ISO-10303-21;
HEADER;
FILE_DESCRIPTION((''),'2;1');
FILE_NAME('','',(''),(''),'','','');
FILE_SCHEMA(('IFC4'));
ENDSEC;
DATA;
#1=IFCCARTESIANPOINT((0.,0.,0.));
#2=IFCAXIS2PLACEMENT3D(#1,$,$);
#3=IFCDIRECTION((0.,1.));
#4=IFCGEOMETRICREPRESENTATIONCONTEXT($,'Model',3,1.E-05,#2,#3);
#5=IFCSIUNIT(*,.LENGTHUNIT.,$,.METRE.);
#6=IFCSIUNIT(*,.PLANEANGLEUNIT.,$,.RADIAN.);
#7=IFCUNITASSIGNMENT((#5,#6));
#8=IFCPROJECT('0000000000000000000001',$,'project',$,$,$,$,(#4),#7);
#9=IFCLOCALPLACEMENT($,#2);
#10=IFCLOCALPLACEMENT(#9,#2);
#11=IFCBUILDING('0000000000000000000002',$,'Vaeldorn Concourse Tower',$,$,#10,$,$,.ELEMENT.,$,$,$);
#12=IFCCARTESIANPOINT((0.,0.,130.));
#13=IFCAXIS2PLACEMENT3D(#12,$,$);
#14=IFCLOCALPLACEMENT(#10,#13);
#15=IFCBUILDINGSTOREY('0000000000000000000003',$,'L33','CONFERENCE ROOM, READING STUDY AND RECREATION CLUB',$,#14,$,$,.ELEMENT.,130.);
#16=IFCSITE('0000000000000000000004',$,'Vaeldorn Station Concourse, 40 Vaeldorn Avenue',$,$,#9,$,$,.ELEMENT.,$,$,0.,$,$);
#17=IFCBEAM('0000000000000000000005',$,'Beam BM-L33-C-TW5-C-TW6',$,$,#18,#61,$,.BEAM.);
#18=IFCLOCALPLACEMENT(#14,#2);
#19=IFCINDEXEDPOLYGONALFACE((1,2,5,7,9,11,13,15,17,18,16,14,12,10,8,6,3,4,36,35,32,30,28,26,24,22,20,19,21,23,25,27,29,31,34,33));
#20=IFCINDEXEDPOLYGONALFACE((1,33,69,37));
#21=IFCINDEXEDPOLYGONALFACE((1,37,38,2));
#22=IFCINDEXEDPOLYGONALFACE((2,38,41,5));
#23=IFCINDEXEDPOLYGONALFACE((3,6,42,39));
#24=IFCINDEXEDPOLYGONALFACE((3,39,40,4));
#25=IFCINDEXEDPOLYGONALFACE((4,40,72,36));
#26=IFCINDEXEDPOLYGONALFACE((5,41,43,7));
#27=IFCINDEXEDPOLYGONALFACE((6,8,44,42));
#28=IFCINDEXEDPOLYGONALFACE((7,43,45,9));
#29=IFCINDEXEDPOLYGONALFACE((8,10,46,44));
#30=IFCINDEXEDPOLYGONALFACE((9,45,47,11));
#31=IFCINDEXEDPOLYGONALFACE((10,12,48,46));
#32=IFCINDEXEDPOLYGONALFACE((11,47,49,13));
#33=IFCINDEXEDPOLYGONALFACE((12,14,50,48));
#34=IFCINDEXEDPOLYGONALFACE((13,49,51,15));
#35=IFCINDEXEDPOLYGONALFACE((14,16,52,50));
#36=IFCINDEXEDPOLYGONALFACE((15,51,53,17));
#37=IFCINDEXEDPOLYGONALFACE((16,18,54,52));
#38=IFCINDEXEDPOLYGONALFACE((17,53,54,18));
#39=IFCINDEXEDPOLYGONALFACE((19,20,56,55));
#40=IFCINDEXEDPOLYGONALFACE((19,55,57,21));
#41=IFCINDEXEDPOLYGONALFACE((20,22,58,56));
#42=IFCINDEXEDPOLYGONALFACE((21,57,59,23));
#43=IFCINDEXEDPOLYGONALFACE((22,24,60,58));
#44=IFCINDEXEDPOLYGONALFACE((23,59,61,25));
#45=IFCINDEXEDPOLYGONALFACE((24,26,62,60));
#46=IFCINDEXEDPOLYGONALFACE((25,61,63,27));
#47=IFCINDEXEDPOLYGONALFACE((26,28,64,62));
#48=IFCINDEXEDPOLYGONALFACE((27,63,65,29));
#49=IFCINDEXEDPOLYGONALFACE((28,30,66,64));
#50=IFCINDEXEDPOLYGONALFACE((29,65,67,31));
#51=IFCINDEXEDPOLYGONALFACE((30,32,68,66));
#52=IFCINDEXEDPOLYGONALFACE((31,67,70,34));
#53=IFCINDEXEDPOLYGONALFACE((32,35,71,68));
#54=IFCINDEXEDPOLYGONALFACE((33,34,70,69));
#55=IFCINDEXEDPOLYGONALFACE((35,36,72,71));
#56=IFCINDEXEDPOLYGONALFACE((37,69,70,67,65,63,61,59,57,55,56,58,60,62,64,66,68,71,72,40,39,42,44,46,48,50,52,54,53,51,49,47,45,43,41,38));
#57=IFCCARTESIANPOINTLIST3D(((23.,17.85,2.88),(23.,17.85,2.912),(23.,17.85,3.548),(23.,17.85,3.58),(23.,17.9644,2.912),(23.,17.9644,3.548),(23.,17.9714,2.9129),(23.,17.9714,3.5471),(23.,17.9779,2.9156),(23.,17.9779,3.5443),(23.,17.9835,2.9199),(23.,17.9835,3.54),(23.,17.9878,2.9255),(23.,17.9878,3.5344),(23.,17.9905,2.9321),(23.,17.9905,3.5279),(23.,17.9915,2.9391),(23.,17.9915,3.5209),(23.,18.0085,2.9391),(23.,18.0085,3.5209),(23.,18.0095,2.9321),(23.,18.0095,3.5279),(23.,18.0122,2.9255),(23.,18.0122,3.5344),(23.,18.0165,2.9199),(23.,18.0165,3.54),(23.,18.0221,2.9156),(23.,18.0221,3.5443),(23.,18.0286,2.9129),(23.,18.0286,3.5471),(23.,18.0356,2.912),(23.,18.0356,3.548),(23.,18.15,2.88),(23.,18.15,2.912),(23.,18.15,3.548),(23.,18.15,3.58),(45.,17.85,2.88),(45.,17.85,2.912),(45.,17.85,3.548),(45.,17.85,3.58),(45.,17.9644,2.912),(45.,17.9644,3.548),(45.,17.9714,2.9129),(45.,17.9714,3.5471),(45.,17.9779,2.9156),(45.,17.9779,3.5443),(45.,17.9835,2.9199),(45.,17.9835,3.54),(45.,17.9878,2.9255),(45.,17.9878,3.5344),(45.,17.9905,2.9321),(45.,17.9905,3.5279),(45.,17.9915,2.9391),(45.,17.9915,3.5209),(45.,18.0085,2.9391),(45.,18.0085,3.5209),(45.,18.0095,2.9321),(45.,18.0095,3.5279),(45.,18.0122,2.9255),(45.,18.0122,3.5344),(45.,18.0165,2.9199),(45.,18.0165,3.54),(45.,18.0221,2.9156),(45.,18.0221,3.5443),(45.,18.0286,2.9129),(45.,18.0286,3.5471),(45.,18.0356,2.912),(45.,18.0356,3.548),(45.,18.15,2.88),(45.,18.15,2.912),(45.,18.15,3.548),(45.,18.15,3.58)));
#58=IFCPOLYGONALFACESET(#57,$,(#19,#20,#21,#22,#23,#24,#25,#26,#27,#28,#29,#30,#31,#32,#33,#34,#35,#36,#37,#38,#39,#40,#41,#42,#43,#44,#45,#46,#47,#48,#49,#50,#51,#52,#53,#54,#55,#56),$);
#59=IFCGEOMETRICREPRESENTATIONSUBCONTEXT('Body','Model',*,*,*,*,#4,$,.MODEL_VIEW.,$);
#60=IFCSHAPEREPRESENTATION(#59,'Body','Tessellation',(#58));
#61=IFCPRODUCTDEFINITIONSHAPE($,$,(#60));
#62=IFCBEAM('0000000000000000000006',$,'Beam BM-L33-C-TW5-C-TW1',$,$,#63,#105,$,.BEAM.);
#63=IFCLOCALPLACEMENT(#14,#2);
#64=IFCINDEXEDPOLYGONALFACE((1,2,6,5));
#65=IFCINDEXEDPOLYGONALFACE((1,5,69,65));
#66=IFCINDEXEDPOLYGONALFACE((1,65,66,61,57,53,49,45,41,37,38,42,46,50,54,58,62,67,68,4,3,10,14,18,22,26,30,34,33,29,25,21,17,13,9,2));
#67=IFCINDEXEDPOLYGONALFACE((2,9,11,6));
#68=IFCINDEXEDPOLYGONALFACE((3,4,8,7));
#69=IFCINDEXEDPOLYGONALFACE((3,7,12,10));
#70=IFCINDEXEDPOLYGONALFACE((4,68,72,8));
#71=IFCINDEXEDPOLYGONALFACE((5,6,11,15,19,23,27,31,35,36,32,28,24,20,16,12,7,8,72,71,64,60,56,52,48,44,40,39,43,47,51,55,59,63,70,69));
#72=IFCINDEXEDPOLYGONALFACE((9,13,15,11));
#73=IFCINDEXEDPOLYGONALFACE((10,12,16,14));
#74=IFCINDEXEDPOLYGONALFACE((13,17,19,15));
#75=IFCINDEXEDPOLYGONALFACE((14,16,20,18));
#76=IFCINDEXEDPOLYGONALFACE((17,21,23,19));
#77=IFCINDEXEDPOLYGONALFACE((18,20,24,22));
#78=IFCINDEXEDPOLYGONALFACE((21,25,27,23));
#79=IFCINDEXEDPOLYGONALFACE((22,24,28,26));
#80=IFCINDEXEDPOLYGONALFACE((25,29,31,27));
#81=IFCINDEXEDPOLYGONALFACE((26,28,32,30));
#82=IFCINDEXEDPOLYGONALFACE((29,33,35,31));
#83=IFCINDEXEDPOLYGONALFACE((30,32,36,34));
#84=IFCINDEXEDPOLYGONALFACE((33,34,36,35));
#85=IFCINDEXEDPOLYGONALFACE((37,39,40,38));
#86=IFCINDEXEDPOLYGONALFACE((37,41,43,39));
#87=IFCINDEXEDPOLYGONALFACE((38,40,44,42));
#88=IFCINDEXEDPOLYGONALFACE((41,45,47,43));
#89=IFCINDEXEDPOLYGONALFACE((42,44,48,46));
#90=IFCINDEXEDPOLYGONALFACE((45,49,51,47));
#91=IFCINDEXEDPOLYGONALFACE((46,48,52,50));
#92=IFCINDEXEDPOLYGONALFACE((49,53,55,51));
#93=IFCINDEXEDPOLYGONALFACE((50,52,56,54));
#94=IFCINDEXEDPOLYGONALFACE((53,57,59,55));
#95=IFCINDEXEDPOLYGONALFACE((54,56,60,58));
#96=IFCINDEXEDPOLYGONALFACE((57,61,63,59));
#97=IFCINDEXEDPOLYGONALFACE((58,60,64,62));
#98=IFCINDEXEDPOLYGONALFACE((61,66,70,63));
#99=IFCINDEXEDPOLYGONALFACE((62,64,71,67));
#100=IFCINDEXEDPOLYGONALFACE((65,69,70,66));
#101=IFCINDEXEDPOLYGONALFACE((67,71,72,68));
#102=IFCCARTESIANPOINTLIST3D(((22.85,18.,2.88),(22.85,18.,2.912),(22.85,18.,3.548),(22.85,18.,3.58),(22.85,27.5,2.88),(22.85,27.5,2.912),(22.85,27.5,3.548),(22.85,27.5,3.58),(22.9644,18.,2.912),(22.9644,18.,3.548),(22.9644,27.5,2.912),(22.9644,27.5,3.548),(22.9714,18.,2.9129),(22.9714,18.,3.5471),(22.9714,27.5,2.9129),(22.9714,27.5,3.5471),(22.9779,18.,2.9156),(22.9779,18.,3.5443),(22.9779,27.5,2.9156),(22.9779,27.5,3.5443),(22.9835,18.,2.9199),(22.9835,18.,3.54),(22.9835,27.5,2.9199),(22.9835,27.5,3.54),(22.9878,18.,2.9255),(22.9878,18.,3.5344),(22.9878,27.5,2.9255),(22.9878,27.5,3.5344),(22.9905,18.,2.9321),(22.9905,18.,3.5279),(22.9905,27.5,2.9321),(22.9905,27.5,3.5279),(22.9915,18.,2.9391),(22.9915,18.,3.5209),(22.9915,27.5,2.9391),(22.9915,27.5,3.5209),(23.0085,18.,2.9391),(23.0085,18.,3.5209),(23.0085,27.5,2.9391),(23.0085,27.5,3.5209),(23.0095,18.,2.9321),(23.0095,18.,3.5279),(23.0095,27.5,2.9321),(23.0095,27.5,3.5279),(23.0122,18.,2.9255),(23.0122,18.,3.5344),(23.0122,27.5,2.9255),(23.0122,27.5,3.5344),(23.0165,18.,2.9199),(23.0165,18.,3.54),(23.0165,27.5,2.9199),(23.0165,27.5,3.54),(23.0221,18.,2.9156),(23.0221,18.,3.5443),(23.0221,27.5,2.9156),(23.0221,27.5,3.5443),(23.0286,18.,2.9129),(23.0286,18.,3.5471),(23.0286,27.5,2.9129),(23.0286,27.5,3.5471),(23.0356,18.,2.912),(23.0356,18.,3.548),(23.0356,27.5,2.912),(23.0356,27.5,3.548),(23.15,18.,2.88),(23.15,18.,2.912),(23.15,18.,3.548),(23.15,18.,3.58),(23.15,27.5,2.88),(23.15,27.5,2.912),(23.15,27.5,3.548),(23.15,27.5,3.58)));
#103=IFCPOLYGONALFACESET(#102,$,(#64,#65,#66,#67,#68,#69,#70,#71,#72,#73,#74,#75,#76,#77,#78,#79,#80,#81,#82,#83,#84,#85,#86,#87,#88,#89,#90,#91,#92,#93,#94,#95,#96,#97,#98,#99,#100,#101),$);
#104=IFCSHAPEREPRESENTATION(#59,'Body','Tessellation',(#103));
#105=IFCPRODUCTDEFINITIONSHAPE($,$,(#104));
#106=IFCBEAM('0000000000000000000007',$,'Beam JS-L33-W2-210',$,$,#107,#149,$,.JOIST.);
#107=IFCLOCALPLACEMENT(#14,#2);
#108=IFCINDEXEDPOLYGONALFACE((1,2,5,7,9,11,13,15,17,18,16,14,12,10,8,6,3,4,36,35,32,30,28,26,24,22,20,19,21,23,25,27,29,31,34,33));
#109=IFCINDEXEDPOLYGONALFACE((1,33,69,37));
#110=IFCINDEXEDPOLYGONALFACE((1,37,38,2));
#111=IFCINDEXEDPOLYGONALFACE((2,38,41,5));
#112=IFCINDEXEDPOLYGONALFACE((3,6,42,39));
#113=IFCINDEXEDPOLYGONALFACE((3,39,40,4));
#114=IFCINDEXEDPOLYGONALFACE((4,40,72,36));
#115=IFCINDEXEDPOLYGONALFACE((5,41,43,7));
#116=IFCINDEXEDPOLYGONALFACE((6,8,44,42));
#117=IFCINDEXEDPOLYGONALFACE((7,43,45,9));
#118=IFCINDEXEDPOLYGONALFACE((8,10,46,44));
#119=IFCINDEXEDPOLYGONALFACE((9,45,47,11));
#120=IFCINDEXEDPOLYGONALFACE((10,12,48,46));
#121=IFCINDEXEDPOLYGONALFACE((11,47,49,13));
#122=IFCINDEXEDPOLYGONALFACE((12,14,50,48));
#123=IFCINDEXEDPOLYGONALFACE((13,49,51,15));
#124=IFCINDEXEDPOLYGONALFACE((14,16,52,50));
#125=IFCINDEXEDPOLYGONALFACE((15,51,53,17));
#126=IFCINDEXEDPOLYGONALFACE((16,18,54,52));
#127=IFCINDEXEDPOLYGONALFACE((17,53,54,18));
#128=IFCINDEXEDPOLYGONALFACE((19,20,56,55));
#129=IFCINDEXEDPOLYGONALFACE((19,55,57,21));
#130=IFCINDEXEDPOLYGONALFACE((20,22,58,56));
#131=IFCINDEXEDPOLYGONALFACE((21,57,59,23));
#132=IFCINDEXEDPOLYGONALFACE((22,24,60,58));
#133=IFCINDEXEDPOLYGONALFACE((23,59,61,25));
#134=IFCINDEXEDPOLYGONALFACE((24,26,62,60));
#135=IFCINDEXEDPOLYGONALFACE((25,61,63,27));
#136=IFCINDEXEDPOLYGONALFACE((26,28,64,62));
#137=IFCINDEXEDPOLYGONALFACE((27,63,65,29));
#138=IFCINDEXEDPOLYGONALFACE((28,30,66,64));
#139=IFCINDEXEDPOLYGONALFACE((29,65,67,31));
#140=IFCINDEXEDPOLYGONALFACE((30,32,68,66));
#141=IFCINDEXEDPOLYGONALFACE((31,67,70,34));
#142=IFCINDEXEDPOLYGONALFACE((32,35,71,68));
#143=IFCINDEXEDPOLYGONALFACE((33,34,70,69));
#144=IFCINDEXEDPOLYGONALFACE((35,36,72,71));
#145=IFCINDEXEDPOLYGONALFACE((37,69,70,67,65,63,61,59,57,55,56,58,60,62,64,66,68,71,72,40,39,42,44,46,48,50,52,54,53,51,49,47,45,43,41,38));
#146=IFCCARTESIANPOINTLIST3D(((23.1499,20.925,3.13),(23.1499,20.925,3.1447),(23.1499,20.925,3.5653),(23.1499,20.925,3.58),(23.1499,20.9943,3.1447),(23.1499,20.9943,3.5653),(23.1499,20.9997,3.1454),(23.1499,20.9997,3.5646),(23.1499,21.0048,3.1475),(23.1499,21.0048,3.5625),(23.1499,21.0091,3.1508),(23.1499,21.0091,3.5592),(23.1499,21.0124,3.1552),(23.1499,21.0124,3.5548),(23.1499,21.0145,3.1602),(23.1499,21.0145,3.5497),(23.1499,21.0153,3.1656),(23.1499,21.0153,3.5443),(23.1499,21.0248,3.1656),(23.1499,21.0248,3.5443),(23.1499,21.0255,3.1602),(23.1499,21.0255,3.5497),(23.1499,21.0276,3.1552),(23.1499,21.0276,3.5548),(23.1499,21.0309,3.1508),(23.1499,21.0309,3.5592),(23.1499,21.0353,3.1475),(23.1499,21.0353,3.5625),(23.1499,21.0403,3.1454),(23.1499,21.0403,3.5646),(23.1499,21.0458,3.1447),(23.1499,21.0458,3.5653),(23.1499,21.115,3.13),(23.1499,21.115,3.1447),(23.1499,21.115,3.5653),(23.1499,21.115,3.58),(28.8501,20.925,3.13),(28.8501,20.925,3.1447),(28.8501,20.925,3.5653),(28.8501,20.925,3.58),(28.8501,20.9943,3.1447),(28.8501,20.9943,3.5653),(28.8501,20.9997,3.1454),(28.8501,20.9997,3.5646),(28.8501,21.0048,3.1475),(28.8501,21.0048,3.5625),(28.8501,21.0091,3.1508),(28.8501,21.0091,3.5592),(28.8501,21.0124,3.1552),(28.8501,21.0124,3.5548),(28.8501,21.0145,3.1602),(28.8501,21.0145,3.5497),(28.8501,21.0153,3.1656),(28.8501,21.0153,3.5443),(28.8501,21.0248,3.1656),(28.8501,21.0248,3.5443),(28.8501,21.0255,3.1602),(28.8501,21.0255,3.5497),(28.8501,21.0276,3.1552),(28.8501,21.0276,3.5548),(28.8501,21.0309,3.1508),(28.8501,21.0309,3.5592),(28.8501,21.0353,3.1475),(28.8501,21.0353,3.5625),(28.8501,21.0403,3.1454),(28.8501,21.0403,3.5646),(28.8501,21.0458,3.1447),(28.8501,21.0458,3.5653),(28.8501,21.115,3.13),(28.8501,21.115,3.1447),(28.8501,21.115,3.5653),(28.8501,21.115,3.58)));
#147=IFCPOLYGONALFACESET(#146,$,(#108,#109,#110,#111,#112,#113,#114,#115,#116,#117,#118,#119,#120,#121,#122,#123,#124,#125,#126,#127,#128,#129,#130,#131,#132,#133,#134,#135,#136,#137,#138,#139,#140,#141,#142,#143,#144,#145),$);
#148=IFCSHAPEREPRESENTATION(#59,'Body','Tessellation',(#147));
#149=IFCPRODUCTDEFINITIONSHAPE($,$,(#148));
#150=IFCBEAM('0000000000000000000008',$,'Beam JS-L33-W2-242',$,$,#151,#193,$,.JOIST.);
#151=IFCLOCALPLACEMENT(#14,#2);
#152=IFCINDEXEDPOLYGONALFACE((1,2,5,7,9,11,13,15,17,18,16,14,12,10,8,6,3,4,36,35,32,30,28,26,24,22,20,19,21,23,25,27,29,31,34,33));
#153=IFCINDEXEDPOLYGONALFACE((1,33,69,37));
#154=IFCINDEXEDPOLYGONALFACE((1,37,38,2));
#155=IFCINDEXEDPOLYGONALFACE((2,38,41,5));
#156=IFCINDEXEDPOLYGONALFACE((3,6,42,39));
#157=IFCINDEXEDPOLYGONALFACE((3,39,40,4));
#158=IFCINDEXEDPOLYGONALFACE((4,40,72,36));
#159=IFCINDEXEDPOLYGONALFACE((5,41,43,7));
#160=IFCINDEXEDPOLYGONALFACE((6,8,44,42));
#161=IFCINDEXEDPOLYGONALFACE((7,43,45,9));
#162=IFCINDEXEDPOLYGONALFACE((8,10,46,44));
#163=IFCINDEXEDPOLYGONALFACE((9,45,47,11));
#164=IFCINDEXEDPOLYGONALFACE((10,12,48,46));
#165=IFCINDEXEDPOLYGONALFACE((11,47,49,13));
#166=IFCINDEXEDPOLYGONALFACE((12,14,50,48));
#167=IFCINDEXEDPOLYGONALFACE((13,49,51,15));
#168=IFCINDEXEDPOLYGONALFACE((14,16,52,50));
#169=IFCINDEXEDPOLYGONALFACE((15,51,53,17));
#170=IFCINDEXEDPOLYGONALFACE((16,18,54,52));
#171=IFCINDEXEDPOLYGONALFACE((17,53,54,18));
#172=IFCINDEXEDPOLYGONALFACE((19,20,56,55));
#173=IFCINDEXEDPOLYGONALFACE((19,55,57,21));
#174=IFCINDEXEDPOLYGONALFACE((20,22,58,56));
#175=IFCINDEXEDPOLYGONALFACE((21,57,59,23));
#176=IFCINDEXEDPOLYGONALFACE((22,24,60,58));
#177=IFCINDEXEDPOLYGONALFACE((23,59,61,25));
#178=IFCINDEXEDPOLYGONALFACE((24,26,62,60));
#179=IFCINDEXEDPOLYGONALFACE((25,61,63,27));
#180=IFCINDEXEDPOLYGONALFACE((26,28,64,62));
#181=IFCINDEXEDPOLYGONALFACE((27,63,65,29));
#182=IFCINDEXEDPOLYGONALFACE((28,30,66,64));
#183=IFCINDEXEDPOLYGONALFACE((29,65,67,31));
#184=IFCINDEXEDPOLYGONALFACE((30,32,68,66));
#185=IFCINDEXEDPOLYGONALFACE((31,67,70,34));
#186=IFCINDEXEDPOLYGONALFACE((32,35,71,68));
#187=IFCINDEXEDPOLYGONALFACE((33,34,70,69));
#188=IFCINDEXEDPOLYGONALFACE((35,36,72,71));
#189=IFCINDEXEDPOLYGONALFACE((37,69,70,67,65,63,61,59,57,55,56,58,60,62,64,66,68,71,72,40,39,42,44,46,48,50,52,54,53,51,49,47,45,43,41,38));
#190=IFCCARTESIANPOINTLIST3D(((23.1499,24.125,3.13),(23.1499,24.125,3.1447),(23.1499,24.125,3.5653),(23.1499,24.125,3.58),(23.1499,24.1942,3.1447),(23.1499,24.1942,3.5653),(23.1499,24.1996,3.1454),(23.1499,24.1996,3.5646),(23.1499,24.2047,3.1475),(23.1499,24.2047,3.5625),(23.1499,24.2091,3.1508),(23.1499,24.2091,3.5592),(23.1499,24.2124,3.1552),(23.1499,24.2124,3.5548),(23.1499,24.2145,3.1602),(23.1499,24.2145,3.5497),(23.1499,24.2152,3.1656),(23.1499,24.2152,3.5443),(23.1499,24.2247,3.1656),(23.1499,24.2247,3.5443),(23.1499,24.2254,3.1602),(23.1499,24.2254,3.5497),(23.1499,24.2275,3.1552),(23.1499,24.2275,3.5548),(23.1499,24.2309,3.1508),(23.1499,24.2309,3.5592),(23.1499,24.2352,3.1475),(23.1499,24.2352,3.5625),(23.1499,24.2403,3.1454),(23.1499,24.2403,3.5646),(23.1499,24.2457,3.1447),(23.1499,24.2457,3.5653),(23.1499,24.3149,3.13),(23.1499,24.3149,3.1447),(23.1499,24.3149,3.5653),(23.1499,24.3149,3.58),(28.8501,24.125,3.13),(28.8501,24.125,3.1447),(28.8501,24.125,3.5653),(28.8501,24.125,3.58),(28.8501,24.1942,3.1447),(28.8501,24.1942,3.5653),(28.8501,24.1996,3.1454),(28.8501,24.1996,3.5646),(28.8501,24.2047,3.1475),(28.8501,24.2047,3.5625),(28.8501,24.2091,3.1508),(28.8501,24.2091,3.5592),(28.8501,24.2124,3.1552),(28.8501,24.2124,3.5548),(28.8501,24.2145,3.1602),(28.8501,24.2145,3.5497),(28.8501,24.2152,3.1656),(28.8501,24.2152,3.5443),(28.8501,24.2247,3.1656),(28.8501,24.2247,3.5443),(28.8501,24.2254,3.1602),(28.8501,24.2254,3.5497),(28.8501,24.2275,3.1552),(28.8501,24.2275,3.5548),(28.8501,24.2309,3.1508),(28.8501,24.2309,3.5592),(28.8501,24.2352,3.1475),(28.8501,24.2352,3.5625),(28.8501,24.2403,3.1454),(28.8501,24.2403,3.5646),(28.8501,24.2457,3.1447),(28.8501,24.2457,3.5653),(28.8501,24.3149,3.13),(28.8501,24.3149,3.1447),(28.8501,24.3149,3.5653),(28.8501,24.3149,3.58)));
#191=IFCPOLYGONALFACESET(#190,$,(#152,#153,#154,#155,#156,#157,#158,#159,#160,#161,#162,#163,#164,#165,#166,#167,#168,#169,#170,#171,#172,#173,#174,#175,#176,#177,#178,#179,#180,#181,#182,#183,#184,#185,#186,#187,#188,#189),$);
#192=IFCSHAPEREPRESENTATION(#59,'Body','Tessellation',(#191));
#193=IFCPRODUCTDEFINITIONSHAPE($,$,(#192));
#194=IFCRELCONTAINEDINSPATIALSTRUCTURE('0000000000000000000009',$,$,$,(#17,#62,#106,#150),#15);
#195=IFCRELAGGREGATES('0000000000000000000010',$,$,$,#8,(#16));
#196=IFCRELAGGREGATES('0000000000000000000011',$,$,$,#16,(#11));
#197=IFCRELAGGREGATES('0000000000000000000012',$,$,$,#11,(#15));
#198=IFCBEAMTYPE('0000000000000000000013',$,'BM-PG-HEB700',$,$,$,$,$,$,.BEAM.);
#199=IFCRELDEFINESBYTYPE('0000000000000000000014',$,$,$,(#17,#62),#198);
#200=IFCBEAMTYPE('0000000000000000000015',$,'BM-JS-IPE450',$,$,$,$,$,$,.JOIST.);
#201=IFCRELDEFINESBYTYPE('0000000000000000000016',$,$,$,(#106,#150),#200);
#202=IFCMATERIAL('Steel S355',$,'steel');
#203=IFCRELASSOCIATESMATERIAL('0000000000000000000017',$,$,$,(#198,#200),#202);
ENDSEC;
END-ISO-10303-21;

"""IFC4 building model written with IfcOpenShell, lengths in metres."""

from ifc_helpers import new_model, si_unit, direction, frame, origin, origin_2d, place, context, subcontext, project, spatial, i_section, extrude, source, transform, mapped, material, material_profile, profile_set, type_object, element, save


model = new_model("IFC4")

# Units and contexts
model_context = context("Model", 3, precision=1e-05, world=origin(), true_north=direction((0.0, 1.0)))
body_context = subcontext(model_context, "Body", "Model", "MODEL_VIEW")
ifc_project = project(units=[si_unit("LENGTHUNIT", "METRE"), si_unit("PLANEANGLEUNIT", "RADIAN")], contexts=[model_context])

# Site, building, storey
site_placement = place(None, origin())
site = spatial("IfcSite", under=ifc_project, at=site_placement, Name="Vaeldorn Station Concourse, 40 Vaeldorn Avenue", CompositionType="ELEMENT", RefElevation=0.0)
building_placement = place(site_placement, origin())
building = spatial("IfcBuilding", under=site, at=building_placement, Name="Vaeldorn Concourse Tower", CompositionType="ELEMENT")
storey_placement = place(building_placement, frame((0.0, 0.0, 130.0)))
storey = spatial("IfcBuildingStorey", under=building, at=storey_placement, Name="L33", Description="CONFERENCE ROOM, READING STUDY AND RECREATION CLUB", CompositionType="ELEMENT", Elevation=130.0)

# Beams
ifc_material_1 = material(Name="Steel S355", Category="steel")
ifc_material_profile_1 = material_profile(ifc_material_1, i_section(OverallWidth=0.3, OverallDepth=0.7, WebThickness=0.0171, FlangeThickness=0.032, FilletRadius=0.0271, at=origin_2d()), Name="HEB 700")
ifc_profile_set_1 = profile_set([ifc_material_profile_1], Name="Steel S355")
beam_type_1 = type_object("IfcBeamType", Name="BM-PG-HEB700", PredefinedType="BEAM", material=ifc_profile_set_1)
shared_shape_1 = source(origin(), body_context, "Body", "SweptSolid", [
    extrude(i_section(OverallWidth=0.3, OverallDepth=0.7, WebThickness=0.0171, FlangeThickness=0.032, FilletRadius=0.0271, at=origin_2d()), origin(), (0.0, 0.0, 1.0), 22.0),
])
beam_1_placement = place(storey_placement, frame((23.0, 18.0, 3.23), z_axis=(1.0, 0.0, 0.0), x_axis=(0.0, 1.0, 0.0)))
element("IfcBeam", 1, at=beam_1_placement, inside=storey, type_object=beam_type_1, Name="Beam BM-L33-C-TW5-C-TW6", PredefinedType="BEAM", context=body_context, shape_type="MappedRepresentation", body=[
    mapped(shared_shape_1, transform((0.0, 0.0, 0.0), scale=1.0)),
])
shared_shape_2 = source(origin(), body_context, "Body", "SweptSolid", [
    extrude(i_section(OverallWidth=0.3, OverallDepth=0.7, WebThickness=0.0171, FlangeThickness=0.032, FilletRadius=0.0271, at=origin_2d()), origin(), (0.0, 0.0, 1.0), 9.5),
])
beam_2_placement = place(storey_placement, frame((23.0, 18.0, 3.23), z_axis=(0.0, 1.0, 0.0), x_axis=(-1.0, 0.0, 0.0)))
element("IfcBeam", 2, at=beam_2_placement, inside=storey, type_object=beam_type_1, Name="Beam BM-L33-C-TW5-C-TW1", PredefinedType="BEAM", context=body_context, shape_type="MappedRepresentation", body=[
    mapped(shared_shape_2, transform((0.0, 0.0, 0.0), scale=1.0)),
])
ifc_material_profile_2 = material_profile(ifc_material_1, i_section(OverallWidth=0.1899, OverallDepth=0.45, WebThickness=0.0095, FlangeThickness=0.0146, FilletRadius=0.021, at=origin_2d()), Name="IPE 450")
ifc_profile_set_2 = profile_set([ifc_material_profile_2], Name="Steel S355")
beam_type_2 = type_object("IfcBeamType", Name="BM-JS-IPE450", PredefinedType="JOIST", material=ifc_profile_set_2)
shared_shape_3 = source(origin(), body_context, "Body", "SweptSolid", [
    extrude(i_section(OverallWidth=0.1899, OverallDepth=0.45, WebThickness=0.0095, FlangeThickness=0.0146, FilletRadius=0.021, at=origin_2d()), origin(), (0.0, 0.0, 1.0), 5.7002),
])
for number, where, z_axis, x_axis, name in (
    (3, (23.1499, 21.02, 3.355), (1.0, 0.0, 0.0), (0.0, 1.0, 0.0), "Beam JS-L33-W2-210"),
    (4, (23.1499, 24.22, 3.355), (1.0, 0.0, 0.0), (0.0, 1.0, 0.0), "Beam JS-L33-W2-242"),
):
    element("IfcBeam", number, at=place(storey_placement, frame(where, z_axis=z_axis, x_axis=x_axis)), inside=storey, type_object=beam_type_2, Name=name, PredefinedType="JOIST", context=body_context, shape_type="MappedRepresentation", body=[
        mapped(shared_shape_3, transform((0.0, 0.0, 0.0), scale=1.0)),
    ])

save(model, "model.ifc")
